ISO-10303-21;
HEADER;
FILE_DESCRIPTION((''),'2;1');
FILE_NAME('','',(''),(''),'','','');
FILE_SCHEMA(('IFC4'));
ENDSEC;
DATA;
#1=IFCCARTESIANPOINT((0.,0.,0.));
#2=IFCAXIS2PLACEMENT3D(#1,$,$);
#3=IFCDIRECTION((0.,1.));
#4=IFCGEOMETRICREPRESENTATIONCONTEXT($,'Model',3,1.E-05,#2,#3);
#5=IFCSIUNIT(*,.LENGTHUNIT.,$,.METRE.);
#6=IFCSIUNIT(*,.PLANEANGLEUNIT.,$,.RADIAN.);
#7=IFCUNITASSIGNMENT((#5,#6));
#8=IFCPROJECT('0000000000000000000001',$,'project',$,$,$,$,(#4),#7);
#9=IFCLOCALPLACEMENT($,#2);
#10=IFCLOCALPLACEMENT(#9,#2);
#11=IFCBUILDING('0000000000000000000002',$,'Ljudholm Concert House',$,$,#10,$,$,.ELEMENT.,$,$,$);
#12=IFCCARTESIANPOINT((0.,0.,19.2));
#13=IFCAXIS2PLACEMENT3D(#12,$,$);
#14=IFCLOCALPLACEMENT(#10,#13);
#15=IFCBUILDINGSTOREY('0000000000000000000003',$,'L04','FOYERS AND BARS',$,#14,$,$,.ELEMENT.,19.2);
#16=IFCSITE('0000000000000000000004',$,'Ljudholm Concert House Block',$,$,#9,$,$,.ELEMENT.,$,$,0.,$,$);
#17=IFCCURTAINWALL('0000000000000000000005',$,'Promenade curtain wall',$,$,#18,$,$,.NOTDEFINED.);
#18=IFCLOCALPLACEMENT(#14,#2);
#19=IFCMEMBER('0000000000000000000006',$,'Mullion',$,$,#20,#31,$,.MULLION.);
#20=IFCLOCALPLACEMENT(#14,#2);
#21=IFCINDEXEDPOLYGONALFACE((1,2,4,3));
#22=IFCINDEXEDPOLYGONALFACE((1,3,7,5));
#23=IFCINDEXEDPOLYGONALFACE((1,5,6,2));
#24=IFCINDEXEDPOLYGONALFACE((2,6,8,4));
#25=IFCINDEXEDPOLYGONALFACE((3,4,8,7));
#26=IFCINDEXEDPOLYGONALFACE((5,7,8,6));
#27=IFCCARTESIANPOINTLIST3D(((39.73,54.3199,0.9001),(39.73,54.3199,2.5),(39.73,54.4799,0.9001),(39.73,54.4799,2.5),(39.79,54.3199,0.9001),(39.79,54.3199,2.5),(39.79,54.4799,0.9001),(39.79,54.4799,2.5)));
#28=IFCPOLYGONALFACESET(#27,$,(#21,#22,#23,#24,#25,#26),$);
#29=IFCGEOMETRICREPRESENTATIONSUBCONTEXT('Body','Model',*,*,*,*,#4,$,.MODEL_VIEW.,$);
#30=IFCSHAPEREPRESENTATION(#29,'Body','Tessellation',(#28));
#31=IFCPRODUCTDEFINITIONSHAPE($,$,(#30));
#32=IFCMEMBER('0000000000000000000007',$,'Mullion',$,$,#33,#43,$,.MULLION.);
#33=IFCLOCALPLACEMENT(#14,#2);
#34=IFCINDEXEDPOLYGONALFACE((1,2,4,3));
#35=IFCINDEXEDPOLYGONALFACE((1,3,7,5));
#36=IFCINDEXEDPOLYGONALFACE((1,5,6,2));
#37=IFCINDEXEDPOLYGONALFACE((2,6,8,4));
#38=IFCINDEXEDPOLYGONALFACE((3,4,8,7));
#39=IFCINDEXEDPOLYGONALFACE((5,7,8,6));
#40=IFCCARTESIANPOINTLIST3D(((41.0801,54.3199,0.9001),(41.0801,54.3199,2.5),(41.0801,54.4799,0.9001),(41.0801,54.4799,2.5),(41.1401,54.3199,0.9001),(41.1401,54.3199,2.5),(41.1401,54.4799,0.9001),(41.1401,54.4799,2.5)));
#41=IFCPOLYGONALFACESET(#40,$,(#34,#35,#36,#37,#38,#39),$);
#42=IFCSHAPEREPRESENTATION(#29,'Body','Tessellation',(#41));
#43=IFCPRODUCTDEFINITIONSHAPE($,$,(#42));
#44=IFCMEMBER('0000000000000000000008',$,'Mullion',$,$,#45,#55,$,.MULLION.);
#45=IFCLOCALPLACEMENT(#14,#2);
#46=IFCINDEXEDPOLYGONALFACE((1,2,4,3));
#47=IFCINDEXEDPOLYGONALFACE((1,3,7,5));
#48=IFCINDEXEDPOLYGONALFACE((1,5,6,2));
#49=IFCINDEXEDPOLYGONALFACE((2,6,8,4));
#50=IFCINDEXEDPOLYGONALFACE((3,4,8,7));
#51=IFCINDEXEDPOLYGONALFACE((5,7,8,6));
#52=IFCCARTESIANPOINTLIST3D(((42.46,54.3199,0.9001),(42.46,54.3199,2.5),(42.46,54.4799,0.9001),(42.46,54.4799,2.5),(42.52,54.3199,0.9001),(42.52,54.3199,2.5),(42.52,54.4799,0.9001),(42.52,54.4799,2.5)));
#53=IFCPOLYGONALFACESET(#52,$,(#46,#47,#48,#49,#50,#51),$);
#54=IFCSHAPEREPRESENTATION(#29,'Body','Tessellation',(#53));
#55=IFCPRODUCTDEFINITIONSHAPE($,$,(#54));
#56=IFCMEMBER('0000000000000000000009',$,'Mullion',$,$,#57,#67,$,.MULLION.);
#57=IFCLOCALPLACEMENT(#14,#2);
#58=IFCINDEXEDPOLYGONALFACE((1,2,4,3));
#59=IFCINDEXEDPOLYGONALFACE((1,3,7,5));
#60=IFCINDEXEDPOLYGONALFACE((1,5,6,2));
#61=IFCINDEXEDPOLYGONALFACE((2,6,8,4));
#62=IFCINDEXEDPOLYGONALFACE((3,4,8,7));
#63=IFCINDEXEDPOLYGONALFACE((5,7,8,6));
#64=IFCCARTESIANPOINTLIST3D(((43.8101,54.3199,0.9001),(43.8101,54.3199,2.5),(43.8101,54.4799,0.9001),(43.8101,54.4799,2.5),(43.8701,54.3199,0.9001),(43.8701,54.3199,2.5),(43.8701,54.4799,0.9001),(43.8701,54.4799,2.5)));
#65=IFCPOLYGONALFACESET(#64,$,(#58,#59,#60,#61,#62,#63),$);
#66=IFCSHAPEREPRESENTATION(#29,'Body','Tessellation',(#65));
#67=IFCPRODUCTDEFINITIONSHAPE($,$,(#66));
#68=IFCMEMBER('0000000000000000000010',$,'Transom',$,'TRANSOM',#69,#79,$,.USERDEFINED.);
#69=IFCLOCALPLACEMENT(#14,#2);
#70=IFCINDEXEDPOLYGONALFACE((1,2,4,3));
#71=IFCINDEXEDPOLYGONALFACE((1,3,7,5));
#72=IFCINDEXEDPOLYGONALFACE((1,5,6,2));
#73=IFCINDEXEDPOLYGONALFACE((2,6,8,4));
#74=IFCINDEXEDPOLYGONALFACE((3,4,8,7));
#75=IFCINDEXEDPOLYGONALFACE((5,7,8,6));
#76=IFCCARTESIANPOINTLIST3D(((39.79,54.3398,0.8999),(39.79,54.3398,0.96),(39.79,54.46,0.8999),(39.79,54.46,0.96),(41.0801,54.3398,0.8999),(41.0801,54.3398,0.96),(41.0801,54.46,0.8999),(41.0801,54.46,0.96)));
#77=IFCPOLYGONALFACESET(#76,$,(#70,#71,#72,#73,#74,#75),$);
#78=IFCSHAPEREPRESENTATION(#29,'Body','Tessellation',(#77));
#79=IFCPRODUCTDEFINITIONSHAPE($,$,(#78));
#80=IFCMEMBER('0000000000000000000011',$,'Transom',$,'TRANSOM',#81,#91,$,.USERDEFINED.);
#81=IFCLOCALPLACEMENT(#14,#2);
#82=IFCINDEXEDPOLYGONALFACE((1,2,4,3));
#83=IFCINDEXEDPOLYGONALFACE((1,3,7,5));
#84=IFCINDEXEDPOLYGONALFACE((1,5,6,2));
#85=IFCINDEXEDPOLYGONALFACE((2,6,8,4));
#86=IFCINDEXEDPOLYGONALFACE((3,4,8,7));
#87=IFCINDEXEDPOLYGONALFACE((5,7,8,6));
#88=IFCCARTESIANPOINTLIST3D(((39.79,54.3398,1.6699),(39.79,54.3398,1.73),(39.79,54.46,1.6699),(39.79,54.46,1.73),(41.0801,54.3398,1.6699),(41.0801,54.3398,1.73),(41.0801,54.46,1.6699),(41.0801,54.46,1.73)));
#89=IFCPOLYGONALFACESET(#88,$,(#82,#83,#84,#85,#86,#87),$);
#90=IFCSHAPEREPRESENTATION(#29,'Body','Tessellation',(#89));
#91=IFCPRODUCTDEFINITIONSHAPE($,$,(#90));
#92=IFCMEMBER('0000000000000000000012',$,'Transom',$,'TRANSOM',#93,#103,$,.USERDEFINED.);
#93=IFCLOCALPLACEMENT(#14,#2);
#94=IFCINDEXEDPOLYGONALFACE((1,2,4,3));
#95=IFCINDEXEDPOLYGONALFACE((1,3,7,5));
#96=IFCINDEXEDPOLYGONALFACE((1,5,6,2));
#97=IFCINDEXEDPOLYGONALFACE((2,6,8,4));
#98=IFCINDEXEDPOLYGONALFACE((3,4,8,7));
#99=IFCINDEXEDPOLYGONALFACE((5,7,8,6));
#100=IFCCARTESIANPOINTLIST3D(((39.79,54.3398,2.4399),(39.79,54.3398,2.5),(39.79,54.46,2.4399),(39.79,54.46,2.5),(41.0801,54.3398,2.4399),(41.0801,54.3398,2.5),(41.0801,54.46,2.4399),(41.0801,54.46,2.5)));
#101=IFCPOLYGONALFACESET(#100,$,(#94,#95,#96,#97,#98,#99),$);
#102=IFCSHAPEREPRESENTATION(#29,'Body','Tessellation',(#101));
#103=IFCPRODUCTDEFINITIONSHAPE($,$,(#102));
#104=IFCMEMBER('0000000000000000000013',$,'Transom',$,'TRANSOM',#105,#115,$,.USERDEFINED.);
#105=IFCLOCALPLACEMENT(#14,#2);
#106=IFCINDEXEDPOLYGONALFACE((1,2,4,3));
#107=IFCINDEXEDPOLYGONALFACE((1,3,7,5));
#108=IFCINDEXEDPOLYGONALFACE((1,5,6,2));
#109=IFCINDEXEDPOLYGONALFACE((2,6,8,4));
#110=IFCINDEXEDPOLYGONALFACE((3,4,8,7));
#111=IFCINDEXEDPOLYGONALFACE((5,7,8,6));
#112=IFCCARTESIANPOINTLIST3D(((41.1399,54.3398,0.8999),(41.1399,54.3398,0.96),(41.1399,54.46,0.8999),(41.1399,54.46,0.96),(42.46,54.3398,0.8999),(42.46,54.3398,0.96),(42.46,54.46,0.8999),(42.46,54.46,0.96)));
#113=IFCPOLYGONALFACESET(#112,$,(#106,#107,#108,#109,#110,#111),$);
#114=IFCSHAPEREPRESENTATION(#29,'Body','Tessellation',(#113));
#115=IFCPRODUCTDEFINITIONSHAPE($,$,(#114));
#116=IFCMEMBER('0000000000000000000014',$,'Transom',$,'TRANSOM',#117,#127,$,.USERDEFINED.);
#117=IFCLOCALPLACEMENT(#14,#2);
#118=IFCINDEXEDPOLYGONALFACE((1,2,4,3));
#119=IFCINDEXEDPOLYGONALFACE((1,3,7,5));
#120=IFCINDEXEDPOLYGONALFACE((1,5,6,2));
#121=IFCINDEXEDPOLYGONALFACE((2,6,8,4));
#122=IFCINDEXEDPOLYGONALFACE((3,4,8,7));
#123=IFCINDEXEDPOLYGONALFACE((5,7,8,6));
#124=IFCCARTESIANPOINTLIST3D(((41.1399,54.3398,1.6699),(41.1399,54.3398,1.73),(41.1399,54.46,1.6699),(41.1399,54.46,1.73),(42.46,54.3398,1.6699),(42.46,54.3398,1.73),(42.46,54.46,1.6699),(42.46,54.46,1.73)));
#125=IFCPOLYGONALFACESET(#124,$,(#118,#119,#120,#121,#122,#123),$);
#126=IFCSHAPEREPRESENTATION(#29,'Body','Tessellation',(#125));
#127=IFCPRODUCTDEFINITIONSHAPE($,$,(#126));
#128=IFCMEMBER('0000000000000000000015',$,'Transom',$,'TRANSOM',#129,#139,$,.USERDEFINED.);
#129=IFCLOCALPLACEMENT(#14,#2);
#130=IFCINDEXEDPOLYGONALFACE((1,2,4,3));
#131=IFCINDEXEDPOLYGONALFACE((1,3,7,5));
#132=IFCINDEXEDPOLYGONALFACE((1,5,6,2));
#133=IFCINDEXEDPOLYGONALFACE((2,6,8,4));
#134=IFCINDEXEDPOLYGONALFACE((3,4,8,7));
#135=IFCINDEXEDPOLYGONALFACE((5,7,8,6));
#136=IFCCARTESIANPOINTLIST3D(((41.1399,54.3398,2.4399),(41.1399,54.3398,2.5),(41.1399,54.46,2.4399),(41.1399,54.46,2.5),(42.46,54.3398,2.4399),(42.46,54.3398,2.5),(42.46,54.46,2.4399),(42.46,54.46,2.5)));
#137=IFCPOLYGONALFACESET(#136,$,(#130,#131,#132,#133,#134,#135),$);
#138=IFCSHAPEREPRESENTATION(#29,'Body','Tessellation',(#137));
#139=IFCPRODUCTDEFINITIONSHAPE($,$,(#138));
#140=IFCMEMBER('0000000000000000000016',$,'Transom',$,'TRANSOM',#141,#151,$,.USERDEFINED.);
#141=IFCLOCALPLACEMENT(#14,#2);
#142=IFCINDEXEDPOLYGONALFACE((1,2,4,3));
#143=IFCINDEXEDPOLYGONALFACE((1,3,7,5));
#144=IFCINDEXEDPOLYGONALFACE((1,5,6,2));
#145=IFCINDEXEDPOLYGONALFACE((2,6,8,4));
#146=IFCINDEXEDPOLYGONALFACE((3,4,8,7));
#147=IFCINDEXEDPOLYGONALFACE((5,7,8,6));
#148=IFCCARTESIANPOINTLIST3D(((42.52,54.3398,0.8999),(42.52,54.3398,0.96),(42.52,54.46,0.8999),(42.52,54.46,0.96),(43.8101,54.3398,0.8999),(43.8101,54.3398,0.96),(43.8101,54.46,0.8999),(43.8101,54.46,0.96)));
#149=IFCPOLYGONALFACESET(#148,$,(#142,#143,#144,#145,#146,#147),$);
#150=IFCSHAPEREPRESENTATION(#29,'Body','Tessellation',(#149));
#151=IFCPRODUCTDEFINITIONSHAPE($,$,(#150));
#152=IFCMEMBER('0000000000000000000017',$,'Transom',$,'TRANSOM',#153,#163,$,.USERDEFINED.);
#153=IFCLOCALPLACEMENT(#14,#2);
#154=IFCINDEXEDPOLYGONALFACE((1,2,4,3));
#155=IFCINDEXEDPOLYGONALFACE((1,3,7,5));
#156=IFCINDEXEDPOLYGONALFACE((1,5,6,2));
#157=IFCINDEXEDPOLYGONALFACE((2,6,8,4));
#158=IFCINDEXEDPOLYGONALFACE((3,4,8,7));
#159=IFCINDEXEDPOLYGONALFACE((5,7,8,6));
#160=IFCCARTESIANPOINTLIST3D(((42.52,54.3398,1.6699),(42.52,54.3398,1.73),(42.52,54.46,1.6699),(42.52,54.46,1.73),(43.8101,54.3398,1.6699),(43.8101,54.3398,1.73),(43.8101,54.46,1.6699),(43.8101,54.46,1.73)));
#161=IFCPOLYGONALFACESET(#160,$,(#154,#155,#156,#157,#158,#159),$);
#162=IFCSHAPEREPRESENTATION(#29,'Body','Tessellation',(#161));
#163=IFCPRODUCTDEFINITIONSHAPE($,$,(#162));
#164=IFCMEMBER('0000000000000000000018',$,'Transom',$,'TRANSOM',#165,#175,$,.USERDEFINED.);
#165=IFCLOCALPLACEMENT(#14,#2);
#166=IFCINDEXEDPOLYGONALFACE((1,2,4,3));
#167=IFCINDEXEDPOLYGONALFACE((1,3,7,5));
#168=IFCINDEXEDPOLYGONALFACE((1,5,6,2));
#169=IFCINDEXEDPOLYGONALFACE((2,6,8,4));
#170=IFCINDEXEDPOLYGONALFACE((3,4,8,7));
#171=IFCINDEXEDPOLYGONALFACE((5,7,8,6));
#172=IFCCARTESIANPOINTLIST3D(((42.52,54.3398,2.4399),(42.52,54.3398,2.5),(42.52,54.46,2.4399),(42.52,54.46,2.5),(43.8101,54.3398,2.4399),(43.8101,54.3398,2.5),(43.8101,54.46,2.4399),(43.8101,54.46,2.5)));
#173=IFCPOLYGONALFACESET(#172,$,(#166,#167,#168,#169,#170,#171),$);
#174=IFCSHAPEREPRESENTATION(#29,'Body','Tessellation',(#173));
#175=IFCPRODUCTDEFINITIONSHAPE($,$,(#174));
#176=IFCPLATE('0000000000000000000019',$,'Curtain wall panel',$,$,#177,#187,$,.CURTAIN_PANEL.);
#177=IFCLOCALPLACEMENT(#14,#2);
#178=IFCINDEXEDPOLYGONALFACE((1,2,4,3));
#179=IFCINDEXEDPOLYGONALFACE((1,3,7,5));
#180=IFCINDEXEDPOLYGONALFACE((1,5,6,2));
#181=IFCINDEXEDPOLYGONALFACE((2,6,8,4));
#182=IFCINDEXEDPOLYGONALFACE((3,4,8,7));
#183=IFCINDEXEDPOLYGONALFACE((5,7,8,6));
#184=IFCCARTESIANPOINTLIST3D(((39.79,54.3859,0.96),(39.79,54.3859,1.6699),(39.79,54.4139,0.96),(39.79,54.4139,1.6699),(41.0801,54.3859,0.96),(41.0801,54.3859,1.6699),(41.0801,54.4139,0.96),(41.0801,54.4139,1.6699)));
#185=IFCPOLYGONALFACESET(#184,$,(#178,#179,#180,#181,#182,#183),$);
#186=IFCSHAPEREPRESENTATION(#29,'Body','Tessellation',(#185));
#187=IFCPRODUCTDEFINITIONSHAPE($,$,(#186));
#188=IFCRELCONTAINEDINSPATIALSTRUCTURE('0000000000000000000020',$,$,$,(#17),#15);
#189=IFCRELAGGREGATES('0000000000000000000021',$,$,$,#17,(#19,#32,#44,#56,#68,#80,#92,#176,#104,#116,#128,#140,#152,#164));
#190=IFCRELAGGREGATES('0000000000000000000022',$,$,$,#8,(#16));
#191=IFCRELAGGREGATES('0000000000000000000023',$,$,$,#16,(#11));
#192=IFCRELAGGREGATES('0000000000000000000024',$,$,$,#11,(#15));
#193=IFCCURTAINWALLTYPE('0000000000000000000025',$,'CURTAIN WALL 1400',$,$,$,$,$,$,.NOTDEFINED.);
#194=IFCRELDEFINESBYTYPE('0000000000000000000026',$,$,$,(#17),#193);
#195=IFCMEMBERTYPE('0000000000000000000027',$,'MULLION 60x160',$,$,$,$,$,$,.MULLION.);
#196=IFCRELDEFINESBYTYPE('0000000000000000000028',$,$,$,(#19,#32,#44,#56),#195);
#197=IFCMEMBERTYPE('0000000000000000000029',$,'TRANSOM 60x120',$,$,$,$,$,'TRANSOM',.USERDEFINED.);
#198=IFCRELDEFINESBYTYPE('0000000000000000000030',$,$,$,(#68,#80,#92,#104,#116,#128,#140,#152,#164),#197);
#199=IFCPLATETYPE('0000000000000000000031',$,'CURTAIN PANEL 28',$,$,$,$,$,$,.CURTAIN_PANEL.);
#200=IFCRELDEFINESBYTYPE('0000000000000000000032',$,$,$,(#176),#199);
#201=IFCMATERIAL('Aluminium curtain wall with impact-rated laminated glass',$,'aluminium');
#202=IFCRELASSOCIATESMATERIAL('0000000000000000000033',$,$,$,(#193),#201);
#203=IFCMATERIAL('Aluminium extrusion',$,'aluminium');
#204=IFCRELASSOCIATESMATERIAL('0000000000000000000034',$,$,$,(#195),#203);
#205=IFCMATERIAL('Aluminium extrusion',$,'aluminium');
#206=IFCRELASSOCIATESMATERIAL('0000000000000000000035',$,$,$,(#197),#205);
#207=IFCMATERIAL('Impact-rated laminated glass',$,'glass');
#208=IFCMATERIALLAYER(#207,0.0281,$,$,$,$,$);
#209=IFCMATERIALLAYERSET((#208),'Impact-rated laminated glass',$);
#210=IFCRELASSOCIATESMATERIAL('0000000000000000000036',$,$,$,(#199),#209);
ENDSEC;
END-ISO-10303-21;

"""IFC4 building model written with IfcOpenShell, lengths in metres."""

from ifc_helpers import new_model, si_unit, direction, frame, origin, origin_2d, place, context, subcontext, project, spatial, rectangle, extrude, material, layer, layer_set, material_profile, profile_set, type_object, element, aggregate, save


model = new_model("IFC4")

# Units and contexts
model_context = context("Model", 3, precision=1e-05, world=origin(), true_north=direction((0.0, 1.0)))
body_context = subcontext(model_context, "Body", "Model", "MODEL_VIEW")
ifc_project = project(units=[si_unit("LENGTHUNIT", "METRE"), si_unit("PLANEANGLEUNIT", "RADIAN")], contexts=[model_context])

# Site, building, storey
site_placement = place(None, origin())
site = spatial("IfcSite", under=ifc_project, at=site_placement, Name="Ljudholm Concert House Block", CompositionType="ELEMENT", RefElevation=0.0)
building_placement = place(site_placement, origin())
building = spatial("IfcBuilding", under=site, at=building_placement, Name="Ljudholm Concert House", CompositionType="ELEMENT")
storey_placement = place(building_placement, frame((0.0, 0.0, 19.2)))
storey = spatial("IfcBuildingStorey", under=building, at=storey_placement, Name="L04", Description="FOYERS AND BARS", CompositionType="ELEMENT", Elevation=19.2)

# Curtain wall, members, plate
ifc_material_1 = material(Name="Aluminium curtain wall with impact-rated laminated glass", Category="aluminium")
curtain_wall_type = type_object("IfcCurtainWallType", Name="CURTAIN WALL 1400", PredefinedType="NOTDEFINED", material=ifc_material_1)
curtain_wall_placement = place(storey_placement, origin())
curtain_wall = element("IfcCurtainWall", 1, at=curtain_wall_placement, inside=storey, type_object=curtain_wall_type, Name="Promenade curtain wall", PredefinedType="NOTDEFINED")
ifc_material_2 = material(Name="Aluminium extrusion", Category="aluminium")
ifc_material_profile_1 = material_profile(ifc_material_2, rectangle(XDim=0.1599, YDim=0.0601, at=origin_2d()), Name="MULLION 60x160")
ifc_profile_set_1 = profile_set([ifc_material_profile_1], Name="Aluminium extrusion")
member_type_1 = type_object("IfcMemberType", Name="MULLION 60x160", PredefinedType="MULLION", material=ifc_profile_set_1)
member_1_placement = place(storey_placement, frame((39.76, 54.3999, 0.9001), z_axis=(0.0, 0.0, 1.0), x_axis=(0.0, 1.0, 0.0)))
member_1 = element("IfcMember", 2, at=member_1_placement, type_object=member_type_1, Name="Mullion", PredefinedType="MULLION", context=body_context, shape_type="SweptSolid", body=[
    extrude(rectangle(XDim=0.1599, YDim=0.0601, at=origin_2d()), origin(), (0.0, 0.0, 1.0), 1.5999),
])
member_2_placement = place(storey_placement, frame((41.1101, 54.3999, 0.9001), z_axis=(0.0, 0.0, 1.0), x_axis=(0.0, 1.0, 0.0)))
member_2 = element("IfcMember", 3, at=member_2_placement, type_object=member_type_1, Name="Mullion", PredefinedType="MULLION", context=body_context, shape_type="SweptSolid", body=[
    extrude(rectangle(XDim=0.1599, YDim=0.0601, at=origin_2d()), origin(), (0.0, 0.0, 1.0), 1.5999),
])
member_3_placement = place(storey_placement, frame((42.49, 54.3999, 0.9001), z_axis=(0.0, 0.0, 1.0), x_axis=(0.0, 1.0, 0.0)))
member_3 = element("IfcMember", 4, at=member_3_placement, type_object=member_type_1, Name="Mullion", PredefinedType="MULLION", context=body_context, shape_type="SweptSolid", body=[
    extrude(rectangle(XDim=0.1599, YDim=0.0601, at=origin_2d()), origin(), (0.0, 0.0, 1.0), 1.5999),
])
member_4_placement = place(storey_placement, frame((43.8401, 54.3999, 0.9001), z_axis=(0.0, 0.0, 1.0), x_axis=(0.0, 1.0, 0.0)))
member_4 = element("IfcMember", 5, at=member_4_placement, type_object=member_type_1, Name="Mullion", PredefinedType="MULLION", context=body_context, shape_type="SweptSolid", body=[
    extrude(rectangle(XDim=0.1599, YDim=0.0601, at=origin_2d()), origin(), (0.0, 0.0, 1.0), 1.5999),
])
ifc_material_3 = material(Name="Aluminium extrusion", Category="aluminium")
ifc_material_profile_2 = material_profile(ifc_material_3, rectangle(XDim=0.1201, YDim=0.0601, at=origin_2d()), Name="TRANSOM 60x120")
ifc_profile_set_2 = profile_set([ifc_material_profile_2], Name="Aluminium extrusion")
member_type_2 = type_object("IfcMemberType", Name="TRANSOM 60x120", ElementType="TRANSOM", PredefinedType="USERDEFINED", material=ifc_profile_set_2)
member_5_placement = place(storey_placement, frame((39.79, 54.3999, 0.9299), z_axis=(1.0, 0.0, 0.0), x_axis=(0.0, 1.0, 0.0)))
member_5 = element("IfcMember", 6, at=member_5_placement, type_object=member_type_2, Name="Transom", ObjectType="TRANSOM", PredefinedType="USERDEFINED", context=body_context, shape_type="SweptSolid", body=[
    extrude(rectangle(XDim=0.1201, YDim=0.0601, at=origin_2d()), origin(), (0.0, 0.0, 1.0), 1.29),
])
member_6_placement = place(storey_placement, frame((39.79, 54.3999, 1.7), z_axis=(1.0, 0.0, 0.0), x_axis=(0.0, 1.0, 0.0)))
member_6 = element("IfcMember", 7, at=member_6_placement, type_object=member_type_2, Name="Transom", ObjectType="TRANSOM", PredefinedType="USERDEFINED", context=body_context, shape_type="SweptSolid", body=[
    extrude(rectangle(XDim=0.1201, YDim=0.0601, at=origin_2d()), origin(), (0.0, 0.0, 1.0), 1.29),
])
member_7_placement = place(storey_placement, frame((39.79, 54.3999, 2.47), z_axis=(1.0, 0.0, 0.0), x_axis=(0.0, 1.0, 0.0)))
member_7 = element("IfcMember", 8, at=member_7_placement, type_object=member_type_2, Name="Transom", ObjectType="TRANSOM", PredefinedType="USERDEFINED", context=body_context, shape_type="SweptSolid", body=[
    extrude(rectangle(XDim=0.1201, YDim=0.0601, at=origin_2d()), origin(), (0.0, 0.0, 1.0), 1.29),
])
member_8_placement = place(storey_placement, frame((41.1399, 54.3999, 0.9299), z_axis=(1.0, 0.0, 0.0), x_axis=(0.0, 1.0, 0.0)))
member_8 = element("IfcMember", 9, at=member_8_placement, type_object=member_type_2, Name="Transom", ObjectType="TRANSOM", PredefinedType="USERDEFINED", context=body_context, shape_type="SweptSolid", body=[
    extrude(rectangle(XDim=0.1201, YDim=0.0601, at=origin_2d()), origin(), (0.0, 0.0, 1.0), 1.3201),
])
member_9_placement = place(storey_placement, frame((41.1399, 54.3999, 1.7), z_axis=(1.0, 0.0, 0.0), x_axis=(0.0, 1.0, 0.0)))
member_9 = element("IfcMember", 10, at=member_9_placement, type_object=member_type_2, Name="Transom", ObjectType="TRANSOM", PredefinedType="USERDEFINED", context=body_context, shape_type="SweptSolid", body=[
    extrude(rectangle(XDim=0.1201, YDim=0.0601, at=origin_2d()), origin(), (0.0, 0.0, 1.0), 1.3201),
])
member_10_placement = place(storey_placement, frame((41.1399, 54.3999, 2.47), z_axis=(1.0, 0.0, 0.0), x_axis=(0.0, 1.0, 0.0)))
member_10 = element("IfcMember", 11, at=member_10_placement, type_object=member_type_2, Name="Transom", ObjectType="TRANSOM", PredefinedType="USERDEFINED", context=body_context, shape_type="SweptSolid", body=[
    extrude(rectangle(XDim=0.1201, YDim=0.0601, at=origin_2d()), origin(), (0.0, 0.0, 1.0), 1.3201),
])
member_11_placement = place(storey_placement, frame((42.52, 54.3999, 0.9299), z_axis=(1.0, 0.0, 0.0), x_axis=(0.0, 1.0, 0.0)))
member_11 = element("IfcMember", 12, at=member_11_placement, type_object=member_type_2, Name="Transom", ObjectType="TRANSOM", PredefinedType="USERDEFINED", context=body_context, shape_type="SweptSolid", body=[
    extrude(rectangle(XDim=0.1201, YDim=0.0601, at=origin_2d()), origin(), (0.0, 0.0, 1.0), 1.29),
])
member_12_placement = place(storey_placement, frame((42.52, 54.3999, 1.7), z_axis=(1.0, 0.0, 0.0), x_axis=(0.0, 1.0, 0.0)))
member_12 = element("IfcMember", 13, at=member_12_placement, type_object=member_type_2, Name="Transom", ObjectType="TRANSOM", PredefinedType="USERDEFINED", context=body_context, shape_type="SweptSolid", body=[
    extrude(rectangle(XDim=0.1201, YDim=0.0601, at=origin_2d()), origin(), (0.0, 0.0, 1.0), 1.29),
])
member_13_placement = place(storey_placement, frame((42.52, 54.3999, 2.47), z_axis=(1.0, 0.0, 0.0), x_axis=(0.0, 1.0, 0.0)))
member_13 = element("IfcMember", 14, at=member_13_placement, type_object=member_type_2, Name="Transom", ObjectType="TRANSOM", PredefinedType="USERDEFINED", context=body_context, shape_type="SweptSolid", body=[
    extrude(rectangle(XDim=0.1201, YDim=0.0601, at=origin_2d()), origin(), (0.0, 0.0, 1.0), 1.29),
])
ifc_material_4 = material(Name="Impact-rated laminated glass", Category="glass")
ifc_layer_1 = layer(ifc_material_4, 0.0281)
ifc_layer_set_1 = layer_set([ifc_layer_1], Name="Impact-rated laminated glass")
plate_type = type_object("IfcPlateType", Name="CURTAIN PANEL 28", PredefinedType="CURTAIN_PANEL", material=ifc_layer_set_1)
plate_1_placement = place(storey_placement, frame((40.4351, 54.3999, 0.96), z_axis=(0.0, 0.0, 1.0), x_axis=(1.0, 0.0, 0.0)))
plate_1 = element("IfcPlate", 15, at=plate_1_placement, type_object=plate_type, Name="Curtain wall panel", PredefinedType="CURTAIN_PANEL", context=body_context, shape_type="SweptSolid", body=[
    extrude(rectangle(XDim=1.29, YDim=0.0281, at=origin_2d()), origin(), (0.0, 0.0, 1.0), 0.71),
])
aggregate(curtain_wall, [member_1, member_2, member_3, member_4, member_5, member_6, member_7, plate_1, member_8, member_9, member_10, member_11, member_12, member_13])

save(model, "model.ifc")
